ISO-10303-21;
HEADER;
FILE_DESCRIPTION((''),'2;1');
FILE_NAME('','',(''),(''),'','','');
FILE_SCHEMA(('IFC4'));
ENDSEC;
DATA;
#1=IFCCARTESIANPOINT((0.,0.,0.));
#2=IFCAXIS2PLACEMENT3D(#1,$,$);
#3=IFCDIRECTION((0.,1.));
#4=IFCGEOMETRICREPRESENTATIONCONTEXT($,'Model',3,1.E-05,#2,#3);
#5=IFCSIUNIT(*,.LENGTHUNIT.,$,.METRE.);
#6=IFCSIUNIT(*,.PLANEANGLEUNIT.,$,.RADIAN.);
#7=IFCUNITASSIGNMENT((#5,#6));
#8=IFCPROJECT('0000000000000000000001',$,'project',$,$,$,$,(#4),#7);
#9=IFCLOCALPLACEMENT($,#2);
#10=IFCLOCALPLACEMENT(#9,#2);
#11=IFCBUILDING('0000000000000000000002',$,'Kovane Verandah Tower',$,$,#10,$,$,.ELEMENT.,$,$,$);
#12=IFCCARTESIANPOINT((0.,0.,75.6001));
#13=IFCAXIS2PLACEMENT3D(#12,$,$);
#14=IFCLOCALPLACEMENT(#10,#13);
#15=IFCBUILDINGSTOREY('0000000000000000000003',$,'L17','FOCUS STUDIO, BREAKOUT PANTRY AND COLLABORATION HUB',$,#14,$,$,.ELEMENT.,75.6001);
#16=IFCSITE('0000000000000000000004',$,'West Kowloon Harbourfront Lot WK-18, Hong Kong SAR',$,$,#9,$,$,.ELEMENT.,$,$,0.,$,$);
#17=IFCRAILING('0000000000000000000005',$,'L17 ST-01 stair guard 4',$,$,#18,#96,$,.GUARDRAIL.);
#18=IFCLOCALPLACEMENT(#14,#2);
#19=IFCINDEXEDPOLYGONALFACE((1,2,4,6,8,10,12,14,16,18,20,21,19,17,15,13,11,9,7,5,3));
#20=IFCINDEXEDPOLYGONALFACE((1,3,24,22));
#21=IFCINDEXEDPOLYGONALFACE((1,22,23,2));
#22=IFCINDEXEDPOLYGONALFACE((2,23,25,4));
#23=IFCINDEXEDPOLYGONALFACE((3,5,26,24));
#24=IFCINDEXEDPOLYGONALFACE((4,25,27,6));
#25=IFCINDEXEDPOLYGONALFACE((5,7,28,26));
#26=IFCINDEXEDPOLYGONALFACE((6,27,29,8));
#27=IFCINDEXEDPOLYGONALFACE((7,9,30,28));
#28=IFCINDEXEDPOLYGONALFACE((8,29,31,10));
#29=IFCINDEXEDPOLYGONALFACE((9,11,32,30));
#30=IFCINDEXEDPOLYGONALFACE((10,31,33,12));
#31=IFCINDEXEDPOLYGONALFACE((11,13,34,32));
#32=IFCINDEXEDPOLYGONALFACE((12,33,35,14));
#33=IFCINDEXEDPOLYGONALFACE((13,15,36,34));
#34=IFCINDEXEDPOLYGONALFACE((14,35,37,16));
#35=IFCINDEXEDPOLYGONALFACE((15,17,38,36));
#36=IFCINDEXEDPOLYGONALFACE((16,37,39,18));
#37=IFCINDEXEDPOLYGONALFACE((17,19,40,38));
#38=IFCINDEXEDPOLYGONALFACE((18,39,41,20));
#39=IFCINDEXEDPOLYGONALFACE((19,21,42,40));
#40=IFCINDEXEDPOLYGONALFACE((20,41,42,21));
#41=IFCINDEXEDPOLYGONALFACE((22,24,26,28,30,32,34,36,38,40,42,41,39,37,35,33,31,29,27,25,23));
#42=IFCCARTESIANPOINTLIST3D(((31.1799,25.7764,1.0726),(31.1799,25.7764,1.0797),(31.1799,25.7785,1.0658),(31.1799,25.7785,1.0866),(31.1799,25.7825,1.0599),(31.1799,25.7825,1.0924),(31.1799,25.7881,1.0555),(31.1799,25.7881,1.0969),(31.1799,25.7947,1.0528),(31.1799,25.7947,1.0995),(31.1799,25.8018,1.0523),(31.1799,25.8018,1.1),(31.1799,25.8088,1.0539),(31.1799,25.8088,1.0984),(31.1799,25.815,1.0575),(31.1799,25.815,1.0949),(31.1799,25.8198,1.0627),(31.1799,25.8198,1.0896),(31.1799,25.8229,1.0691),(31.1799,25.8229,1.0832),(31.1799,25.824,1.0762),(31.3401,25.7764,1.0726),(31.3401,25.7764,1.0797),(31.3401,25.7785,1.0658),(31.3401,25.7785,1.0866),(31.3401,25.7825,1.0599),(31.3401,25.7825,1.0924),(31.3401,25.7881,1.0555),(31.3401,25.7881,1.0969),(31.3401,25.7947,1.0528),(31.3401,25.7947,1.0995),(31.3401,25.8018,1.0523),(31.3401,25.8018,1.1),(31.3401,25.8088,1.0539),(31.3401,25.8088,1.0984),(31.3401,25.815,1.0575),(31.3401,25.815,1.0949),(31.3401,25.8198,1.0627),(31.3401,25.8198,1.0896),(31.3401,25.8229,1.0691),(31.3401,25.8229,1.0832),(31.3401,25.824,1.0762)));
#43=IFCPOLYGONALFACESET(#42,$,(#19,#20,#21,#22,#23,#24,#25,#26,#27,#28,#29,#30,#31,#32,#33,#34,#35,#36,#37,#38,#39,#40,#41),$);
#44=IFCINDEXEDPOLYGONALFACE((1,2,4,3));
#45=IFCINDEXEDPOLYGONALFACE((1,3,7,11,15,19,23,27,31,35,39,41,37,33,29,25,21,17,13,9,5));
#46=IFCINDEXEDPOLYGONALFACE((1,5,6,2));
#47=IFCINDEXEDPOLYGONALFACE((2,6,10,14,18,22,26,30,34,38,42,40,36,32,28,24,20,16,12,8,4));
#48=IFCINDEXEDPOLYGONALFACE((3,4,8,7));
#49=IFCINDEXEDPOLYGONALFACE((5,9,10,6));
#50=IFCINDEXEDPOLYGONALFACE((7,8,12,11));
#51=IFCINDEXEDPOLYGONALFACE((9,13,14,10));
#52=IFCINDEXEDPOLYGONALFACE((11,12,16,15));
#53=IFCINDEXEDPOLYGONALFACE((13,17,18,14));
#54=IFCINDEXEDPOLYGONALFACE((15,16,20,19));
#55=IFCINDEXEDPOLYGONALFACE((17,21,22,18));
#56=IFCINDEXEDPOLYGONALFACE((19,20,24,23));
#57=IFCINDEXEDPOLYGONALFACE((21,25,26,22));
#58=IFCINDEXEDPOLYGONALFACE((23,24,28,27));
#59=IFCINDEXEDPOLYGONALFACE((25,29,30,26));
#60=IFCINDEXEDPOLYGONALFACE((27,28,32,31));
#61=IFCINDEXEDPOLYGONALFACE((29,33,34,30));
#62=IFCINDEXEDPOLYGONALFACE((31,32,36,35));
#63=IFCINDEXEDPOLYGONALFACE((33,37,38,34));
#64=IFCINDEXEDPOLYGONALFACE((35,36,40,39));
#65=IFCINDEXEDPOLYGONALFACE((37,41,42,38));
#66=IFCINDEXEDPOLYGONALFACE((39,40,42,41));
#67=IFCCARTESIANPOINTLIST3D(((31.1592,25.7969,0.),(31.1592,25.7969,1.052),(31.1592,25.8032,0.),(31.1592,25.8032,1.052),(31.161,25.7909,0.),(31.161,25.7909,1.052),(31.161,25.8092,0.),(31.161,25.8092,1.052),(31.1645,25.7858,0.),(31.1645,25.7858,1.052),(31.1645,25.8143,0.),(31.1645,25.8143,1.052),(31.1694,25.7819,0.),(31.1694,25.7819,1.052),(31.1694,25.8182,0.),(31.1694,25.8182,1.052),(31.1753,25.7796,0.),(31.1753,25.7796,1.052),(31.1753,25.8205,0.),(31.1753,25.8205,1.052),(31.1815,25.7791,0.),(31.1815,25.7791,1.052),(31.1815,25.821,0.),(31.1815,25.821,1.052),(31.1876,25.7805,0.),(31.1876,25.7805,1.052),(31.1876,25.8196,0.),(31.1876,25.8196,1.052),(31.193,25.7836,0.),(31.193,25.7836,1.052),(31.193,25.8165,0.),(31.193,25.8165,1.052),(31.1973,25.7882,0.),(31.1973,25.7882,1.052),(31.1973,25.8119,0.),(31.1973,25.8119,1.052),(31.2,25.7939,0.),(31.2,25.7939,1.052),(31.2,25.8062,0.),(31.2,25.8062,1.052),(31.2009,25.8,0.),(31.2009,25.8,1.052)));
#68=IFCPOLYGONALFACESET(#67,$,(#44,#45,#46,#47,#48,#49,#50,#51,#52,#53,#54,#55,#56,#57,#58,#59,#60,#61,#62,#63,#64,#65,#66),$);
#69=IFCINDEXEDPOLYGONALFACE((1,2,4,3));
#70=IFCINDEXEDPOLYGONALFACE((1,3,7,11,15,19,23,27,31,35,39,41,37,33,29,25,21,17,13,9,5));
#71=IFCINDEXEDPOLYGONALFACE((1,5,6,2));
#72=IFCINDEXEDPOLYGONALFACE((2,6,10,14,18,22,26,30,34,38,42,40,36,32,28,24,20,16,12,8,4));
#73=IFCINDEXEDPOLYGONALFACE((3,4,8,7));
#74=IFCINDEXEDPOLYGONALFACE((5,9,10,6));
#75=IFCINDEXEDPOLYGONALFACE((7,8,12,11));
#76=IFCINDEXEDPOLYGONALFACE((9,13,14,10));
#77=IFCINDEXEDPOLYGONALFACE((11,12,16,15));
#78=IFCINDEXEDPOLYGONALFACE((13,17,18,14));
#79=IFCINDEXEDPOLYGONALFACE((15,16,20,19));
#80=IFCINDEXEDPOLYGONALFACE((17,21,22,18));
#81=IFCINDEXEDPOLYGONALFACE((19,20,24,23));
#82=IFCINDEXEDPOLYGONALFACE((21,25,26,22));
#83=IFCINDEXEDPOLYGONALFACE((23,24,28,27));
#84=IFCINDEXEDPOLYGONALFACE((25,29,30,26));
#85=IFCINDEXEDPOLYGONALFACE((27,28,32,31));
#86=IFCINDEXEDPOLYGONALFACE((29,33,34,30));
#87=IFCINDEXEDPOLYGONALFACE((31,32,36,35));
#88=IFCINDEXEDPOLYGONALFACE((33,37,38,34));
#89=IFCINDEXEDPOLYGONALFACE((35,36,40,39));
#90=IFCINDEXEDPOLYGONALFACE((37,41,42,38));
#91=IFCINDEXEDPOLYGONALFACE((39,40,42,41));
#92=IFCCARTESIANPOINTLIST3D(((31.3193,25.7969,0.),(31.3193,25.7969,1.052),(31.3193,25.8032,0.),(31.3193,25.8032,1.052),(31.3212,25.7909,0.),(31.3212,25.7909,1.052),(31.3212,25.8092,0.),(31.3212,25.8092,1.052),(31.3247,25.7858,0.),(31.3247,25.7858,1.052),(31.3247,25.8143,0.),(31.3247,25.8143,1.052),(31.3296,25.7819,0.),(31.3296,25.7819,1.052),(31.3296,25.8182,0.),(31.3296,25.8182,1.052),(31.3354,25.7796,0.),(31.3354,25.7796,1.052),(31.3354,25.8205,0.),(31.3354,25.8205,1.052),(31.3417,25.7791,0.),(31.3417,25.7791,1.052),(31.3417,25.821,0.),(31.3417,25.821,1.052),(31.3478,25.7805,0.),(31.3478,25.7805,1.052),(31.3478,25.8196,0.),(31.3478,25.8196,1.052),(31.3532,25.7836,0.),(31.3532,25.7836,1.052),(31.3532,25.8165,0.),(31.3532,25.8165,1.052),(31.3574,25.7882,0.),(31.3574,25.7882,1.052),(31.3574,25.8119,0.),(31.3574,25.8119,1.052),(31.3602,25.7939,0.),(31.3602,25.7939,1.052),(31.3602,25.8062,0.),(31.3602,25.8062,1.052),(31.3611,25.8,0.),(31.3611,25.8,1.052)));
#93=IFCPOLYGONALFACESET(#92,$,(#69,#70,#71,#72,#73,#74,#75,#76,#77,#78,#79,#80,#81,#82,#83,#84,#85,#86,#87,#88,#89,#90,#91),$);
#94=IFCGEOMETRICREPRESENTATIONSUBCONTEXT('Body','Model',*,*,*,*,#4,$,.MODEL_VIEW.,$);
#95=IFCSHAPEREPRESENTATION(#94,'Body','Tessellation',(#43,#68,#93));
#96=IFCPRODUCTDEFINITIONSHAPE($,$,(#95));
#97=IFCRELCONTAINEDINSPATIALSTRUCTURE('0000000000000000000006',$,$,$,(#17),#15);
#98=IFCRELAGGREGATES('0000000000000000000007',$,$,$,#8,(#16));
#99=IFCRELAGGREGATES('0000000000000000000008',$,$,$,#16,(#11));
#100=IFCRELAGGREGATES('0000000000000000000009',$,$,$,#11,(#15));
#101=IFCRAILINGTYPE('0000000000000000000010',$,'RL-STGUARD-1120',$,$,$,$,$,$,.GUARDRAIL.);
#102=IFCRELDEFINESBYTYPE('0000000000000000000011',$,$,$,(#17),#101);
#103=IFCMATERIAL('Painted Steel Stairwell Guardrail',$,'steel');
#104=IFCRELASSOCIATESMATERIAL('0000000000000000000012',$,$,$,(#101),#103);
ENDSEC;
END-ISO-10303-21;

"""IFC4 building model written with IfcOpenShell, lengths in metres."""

from ifc_helpers import new_model, si_unit, direction, frame, origin, origin_2d, place, context, subcontext, project, spatial, circle, extrude, material, type_object, element, save


model = new_model("IFC4")

# Units and contexts
model_context = context("Model", 3, precision=1e-05, world=origin(), true_north=direction((0.0, 1.0)))
body_context = subcontext(model_context, "Body", "Model", "MODEL_VIEW")
ifc_project = project(units=[si_unit("LENGTHUNIT", "METRE"), si_unit("PLANEANGLEUNIT", "RADIAN")], contexts=[model_context])

# Site, building, storey
site_placement = place(None, origin())
site = spatial("IfcSite", under=ifc_project, at=site_placement, Name="West Kowloon Harbourfront Lot WK-18, Hong Kong SAR", CompositionType="ELEMENT", RefElevation=0.0)
building_placement = place(site_placement, origin())
building = spatial("IfcBuilding", under=site, at=building_placement, Name="Kovane Verandah Tower", CompositionType="ELEMENT")
storey_placement = place(building_placement, frame((0.0, 0.0, 75.6001)))
storey = spatial("IfcBuildingStorey", under=building, at=storey_placement, Name="L17", Description="FOCUS STUDIO, BREAKOUT PANTRY AND COLLABORATION HUB", CompositionType="ELEMENT", Elevation=75.6001)

# Railing
ifc_material_1 = material(Name="Painted Steel Stairwell Guardrail", Category="steel")
railing_type_1 = type_object("IfcRailingType", Name="RL-STGUARD-1120", PredefinedType="GUARDRAIL", material=ifc_material_1)
railing_1_placement = place(storey_placement, frame((31.1799, 25.8, 0.0)))
element("IfcRailing", 1, at=railing_1_placement, inside=storey, type_object=railing_type_1, Name="L17 ST-01 stair guard 4", PredefinedType="GUARDRAIL", context=body_context, shape_type="SweptSolid", body=[
    extrude(circle(Radius=0.0239, at=origin_2d()), frame((0.0, 0.0, 1.0762), z_axis=(1.0, 0.0, 0.0), x_axis=(0.0, 1.0, 0.0)), (0.0, 0.0, 1.0), 0.1602),
    extrude(circle(Radius=0.021, at=origin_2d()), origin(), (0.0, 0.0, 1.0), 1.052),
    extrude(circle(Radius=0.021, at=origin_2d()), frame((0.1602, 0.0, 0.0)), (0.0, 0.0, 1.0), 1.052),
])

save(model, "model.ifc")
